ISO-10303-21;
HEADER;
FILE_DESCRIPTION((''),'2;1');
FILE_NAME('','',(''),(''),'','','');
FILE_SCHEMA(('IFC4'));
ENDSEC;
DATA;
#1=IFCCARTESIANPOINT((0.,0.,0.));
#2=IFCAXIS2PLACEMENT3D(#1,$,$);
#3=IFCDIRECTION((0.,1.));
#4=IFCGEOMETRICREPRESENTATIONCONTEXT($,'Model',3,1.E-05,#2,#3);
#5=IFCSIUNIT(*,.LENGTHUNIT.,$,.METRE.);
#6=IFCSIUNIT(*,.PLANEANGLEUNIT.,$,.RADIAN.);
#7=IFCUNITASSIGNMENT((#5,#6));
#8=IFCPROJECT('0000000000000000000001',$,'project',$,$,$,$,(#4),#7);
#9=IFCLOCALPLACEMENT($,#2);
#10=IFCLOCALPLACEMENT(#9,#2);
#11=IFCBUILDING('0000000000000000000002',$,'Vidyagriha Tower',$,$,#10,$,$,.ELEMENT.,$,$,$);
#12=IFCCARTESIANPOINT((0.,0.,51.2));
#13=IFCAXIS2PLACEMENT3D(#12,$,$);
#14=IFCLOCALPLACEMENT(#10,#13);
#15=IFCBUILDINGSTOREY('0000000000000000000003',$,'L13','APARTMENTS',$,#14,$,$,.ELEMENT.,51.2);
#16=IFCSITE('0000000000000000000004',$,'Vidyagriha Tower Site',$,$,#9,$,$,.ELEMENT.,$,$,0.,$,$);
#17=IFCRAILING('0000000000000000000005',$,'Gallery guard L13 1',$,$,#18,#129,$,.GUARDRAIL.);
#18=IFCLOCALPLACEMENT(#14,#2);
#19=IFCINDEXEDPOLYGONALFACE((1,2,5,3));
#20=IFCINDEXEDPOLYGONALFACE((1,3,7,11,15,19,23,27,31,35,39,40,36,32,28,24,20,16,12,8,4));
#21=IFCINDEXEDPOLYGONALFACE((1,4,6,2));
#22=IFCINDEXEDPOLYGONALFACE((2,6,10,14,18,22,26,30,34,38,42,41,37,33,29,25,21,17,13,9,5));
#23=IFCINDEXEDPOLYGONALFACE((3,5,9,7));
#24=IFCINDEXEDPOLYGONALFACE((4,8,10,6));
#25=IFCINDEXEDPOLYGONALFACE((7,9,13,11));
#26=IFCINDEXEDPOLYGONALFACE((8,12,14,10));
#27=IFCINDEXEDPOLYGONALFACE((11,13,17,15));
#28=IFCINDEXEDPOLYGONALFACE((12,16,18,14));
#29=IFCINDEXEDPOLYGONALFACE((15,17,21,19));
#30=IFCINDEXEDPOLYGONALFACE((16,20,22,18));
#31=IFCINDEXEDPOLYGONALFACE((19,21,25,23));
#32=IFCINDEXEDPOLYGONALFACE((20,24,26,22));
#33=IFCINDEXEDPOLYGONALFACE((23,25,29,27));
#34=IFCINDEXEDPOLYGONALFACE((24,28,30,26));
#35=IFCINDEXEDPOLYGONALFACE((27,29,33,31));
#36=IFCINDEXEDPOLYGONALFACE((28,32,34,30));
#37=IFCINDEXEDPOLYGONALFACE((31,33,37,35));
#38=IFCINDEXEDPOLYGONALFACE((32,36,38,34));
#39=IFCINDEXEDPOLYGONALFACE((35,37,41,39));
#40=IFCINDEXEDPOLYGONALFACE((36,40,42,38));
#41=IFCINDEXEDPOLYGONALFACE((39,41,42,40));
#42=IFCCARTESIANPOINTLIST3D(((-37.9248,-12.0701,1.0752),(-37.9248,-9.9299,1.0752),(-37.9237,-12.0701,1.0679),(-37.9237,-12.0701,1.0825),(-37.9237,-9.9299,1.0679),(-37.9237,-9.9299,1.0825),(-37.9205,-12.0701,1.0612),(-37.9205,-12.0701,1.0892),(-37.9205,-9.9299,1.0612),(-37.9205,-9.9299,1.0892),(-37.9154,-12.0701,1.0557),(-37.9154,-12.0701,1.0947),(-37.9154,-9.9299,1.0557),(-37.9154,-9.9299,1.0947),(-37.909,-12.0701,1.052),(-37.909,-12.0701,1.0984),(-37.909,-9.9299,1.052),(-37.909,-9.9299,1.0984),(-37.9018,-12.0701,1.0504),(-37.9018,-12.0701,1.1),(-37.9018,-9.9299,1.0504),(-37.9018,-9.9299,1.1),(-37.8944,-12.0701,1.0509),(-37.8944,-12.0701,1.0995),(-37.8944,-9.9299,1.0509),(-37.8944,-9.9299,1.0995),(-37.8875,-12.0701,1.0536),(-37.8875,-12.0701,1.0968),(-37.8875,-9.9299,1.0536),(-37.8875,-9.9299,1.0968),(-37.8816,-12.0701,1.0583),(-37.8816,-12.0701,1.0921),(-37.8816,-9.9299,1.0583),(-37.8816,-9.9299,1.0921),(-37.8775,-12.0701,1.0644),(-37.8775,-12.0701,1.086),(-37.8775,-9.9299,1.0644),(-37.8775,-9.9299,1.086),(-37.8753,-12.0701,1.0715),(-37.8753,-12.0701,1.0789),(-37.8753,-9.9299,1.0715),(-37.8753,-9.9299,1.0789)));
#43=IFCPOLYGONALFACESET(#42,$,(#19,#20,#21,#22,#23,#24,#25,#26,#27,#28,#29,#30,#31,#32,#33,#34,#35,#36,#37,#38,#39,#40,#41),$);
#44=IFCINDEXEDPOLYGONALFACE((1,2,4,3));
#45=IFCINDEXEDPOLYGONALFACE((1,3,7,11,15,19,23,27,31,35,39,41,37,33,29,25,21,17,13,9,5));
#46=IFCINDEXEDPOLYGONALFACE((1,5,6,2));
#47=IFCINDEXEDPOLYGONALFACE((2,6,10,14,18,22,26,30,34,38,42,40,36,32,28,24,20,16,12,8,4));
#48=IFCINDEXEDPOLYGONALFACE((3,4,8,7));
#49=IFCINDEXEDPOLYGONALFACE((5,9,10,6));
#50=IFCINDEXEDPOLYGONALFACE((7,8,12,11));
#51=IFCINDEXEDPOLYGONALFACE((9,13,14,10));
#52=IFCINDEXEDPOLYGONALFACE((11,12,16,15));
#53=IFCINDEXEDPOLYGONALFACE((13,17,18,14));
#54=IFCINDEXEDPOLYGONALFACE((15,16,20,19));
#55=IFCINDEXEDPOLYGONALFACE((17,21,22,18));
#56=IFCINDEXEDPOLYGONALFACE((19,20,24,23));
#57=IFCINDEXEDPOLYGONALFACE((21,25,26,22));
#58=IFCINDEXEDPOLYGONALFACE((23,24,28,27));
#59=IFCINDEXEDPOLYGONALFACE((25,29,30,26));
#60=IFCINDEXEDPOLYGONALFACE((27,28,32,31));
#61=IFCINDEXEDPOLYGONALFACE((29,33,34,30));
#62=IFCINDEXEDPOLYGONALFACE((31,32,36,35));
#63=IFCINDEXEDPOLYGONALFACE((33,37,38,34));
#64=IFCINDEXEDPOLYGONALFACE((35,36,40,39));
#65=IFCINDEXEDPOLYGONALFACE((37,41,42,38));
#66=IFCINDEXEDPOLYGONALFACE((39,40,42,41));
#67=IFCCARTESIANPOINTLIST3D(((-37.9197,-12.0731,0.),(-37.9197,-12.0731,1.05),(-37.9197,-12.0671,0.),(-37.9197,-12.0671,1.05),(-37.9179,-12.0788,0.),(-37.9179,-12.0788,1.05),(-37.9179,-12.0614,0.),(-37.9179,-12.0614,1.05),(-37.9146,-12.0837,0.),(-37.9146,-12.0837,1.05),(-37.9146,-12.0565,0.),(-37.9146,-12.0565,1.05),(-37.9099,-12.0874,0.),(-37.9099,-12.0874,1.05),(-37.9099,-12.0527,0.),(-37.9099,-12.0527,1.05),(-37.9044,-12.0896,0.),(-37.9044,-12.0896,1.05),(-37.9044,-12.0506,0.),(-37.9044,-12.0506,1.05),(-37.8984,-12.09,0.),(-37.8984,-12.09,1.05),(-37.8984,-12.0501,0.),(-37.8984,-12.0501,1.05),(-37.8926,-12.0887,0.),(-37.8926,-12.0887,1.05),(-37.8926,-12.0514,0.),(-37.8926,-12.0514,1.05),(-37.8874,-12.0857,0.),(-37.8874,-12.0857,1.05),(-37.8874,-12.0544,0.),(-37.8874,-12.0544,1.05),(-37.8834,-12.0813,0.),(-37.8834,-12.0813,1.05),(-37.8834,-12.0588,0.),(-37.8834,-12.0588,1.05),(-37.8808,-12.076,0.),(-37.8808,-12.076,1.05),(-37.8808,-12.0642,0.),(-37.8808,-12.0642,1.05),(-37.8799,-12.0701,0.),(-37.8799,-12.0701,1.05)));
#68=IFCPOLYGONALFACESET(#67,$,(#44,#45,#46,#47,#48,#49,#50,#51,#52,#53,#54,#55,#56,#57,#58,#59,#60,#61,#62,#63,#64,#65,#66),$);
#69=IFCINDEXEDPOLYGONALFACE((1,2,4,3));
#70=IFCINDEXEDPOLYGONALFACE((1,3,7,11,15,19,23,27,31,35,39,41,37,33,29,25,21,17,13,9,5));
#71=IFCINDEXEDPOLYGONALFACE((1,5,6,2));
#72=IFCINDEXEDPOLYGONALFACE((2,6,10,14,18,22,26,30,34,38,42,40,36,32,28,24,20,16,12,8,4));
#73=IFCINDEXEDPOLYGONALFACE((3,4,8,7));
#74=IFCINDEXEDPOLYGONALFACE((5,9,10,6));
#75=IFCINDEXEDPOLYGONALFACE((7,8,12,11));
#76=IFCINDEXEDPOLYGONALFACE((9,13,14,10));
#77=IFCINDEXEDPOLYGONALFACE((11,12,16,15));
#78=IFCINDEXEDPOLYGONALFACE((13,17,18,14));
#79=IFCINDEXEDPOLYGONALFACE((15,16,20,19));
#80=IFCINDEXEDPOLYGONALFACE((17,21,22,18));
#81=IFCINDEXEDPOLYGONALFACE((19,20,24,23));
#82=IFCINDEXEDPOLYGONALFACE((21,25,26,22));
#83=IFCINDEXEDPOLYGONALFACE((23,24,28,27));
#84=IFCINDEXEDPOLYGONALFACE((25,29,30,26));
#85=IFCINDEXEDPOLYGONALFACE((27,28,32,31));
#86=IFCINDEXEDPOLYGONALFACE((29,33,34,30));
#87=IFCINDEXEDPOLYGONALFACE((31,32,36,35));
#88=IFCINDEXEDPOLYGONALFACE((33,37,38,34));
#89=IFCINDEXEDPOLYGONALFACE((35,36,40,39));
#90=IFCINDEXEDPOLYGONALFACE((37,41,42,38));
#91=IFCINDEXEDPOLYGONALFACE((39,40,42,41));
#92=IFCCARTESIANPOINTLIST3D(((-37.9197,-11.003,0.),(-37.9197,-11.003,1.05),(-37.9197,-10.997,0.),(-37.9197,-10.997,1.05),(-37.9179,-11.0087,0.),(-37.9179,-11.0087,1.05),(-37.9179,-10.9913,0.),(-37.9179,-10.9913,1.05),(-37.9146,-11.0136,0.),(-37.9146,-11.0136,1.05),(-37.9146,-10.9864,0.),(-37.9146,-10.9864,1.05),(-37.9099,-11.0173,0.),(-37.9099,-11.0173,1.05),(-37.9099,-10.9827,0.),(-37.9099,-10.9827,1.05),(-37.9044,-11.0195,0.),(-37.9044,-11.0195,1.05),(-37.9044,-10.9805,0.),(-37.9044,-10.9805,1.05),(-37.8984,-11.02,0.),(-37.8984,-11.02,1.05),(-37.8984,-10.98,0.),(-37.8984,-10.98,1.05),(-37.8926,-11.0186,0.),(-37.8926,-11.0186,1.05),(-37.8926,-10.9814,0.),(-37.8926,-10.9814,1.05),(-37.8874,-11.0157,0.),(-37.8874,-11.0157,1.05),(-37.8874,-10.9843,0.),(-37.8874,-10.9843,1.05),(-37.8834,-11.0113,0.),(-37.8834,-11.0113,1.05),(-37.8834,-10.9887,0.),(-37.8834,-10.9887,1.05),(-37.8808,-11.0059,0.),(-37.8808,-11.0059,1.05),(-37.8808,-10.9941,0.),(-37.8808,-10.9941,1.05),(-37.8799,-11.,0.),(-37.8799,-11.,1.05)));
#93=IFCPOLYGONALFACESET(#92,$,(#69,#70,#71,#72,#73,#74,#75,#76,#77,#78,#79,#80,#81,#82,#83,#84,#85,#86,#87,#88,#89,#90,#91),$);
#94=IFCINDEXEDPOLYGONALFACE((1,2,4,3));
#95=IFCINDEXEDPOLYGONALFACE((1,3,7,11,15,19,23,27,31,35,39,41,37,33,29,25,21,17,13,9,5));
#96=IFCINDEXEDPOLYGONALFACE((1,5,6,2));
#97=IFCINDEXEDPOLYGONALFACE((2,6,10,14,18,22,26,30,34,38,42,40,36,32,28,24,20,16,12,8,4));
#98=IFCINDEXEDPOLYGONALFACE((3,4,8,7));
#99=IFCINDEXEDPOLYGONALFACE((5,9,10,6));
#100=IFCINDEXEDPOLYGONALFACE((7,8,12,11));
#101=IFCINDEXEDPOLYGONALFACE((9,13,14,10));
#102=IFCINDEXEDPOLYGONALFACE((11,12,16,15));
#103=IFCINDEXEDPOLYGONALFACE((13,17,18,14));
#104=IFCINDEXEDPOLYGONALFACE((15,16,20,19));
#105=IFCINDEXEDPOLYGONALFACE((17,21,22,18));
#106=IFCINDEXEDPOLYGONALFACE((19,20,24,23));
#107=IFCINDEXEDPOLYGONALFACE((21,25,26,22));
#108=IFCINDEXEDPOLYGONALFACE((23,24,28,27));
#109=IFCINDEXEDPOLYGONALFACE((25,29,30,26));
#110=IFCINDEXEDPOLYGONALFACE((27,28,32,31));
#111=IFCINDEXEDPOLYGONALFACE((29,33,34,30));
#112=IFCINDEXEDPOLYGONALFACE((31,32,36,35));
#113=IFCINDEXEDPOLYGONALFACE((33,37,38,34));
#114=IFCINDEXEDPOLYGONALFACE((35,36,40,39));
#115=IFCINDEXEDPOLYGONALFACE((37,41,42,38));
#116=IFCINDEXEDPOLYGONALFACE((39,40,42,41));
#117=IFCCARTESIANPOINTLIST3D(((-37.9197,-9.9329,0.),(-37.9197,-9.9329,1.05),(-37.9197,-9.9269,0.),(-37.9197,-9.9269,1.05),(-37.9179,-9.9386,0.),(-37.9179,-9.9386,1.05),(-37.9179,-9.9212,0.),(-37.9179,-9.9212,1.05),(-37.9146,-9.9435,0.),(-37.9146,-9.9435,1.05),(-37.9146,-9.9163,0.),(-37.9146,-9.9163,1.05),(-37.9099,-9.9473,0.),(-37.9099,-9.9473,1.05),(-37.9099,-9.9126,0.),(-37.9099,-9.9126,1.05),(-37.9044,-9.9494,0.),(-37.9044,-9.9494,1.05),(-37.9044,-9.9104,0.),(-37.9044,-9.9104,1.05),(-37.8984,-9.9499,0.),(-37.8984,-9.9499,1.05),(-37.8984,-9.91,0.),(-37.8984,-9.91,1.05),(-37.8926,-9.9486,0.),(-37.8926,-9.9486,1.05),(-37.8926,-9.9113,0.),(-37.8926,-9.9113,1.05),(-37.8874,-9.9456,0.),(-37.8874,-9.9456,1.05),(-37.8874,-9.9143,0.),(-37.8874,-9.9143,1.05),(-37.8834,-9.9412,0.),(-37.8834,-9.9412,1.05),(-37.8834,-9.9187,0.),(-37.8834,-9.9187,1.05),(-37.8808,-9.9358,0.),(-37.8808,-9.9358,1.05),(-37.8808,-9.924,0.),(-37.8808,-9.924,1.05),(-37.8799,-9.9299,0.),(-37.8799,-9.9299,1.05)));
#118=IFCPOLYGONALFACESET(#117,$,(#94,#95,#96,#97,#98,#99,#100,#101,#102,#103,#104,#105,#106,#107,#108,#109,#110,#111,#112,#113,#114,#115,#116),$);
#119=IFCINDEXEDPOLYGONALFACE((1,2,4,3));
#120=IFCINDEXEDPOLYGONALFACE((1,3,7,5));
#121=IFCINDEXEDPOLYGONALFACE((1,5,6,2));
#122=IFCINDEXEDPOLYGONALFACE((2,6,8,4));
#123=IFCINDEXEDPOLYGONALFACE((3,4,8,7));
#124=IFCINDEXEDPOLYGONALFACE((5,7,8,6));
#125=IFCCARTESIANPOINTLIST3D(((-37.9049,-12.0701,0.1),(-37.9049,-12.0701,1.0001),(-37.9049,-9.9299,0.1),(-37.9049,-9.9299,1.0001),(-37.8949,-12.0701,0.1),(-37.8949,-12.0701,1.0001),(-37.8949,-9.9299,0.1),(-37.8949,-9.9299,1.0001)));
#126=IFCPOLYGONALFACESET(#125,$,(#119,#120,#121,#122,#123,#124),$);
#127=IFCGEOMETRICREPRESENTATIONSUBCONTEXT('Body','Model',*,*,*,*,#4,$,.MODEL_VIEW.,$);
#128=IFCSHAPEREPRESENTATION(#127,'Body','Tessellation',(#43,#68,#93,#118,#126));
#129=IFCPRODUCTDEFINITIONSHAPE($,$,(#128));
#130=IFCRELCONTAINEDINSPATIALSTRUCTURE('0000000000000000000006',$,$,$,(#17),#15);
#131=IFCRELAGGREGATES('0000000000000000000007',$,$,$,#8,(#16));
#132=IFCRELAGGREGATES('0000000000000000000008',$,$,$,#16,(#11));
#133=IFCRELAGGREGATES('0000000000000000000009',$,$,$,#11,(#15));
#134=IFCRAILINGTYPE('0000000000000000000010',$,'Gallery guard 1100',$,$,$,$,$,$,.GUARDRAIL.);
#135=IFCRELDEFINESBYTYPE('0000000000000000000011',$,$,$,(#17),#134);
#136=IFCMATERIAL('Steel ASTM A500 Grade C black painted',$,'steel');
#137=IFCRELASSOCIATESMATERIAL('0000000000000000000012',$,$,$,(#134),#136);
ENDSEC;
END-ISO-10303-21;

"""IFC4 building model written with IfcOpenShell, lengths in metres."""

from ifc_helpers import new_model, si_unit, direction, frame, origin, origin_2d, place, context, subcontext, project, spatial, rectangle, circle, extrude, material, type_object, element, save


model = new_model("IFC4")

# Units and contexts
model_context = context("Model", 3, precision=1e-05, world=origin(), true_north=direction((0.0, 1.0)))
body_context = subcontext(model_context, "Body", "Model", "MODEL_VIEW")
ifc_project = project(units=[si_unit("LENGTHUNIT", "METRE"), si_unit("PLANEANGLEUNIT", "RADIAN")], contexts=[model_context])

# Site, building, storey
site_placement = place(None, origin())
site = spatial("IfcSite", under=ifc_project, at=site_placement, Name="Vidyagriha Tower Site", CompositionType="ELEMENT", RefElevation=0.0)
building_placement = place(site_placement, origin())
building = spatial("IfcBuilding", under=site, at=building_placement, Name="Vidyagriha Tower", CompositionType="ELEMENT")
storey_placement = place(building_placement, frame((0.0, 0.0, 51.2)))
storey = spatial("IfcBuildingStorey", under=building, at=storey_placement, Name="L13", Description="APARTMENTS", CompositionType="ELEMENT", Elevation=51.2)

# Railing
ifc_material_1 = material(Name="Steel ASTM A500 Grade C black painted", Category="steel")
railing_type_1 = type_object("IfcRailingType", Name="Gallery guard 1100", PredefinedType="GUARDRAIL", material=ifc_material_1)
railing_1_placement = place(storey_placement, frame((-37.8999, -12.0701, 0.0)))
element("IfcRailing", 1, at=railing_1_placement, inside=storey, type_object=railing_type_1, Name="Gallery guard L13 1", PredefinedType="GUARDRAIL", context=body_context, shape_type="SweptSolid", body=[
    extrude(circle(Radius=0.0249, at=origin_2d()), frame((0.0, 0.0, 1.0752), z_axis=(0.0, 1.0, 0.0), x_axis=(-1.0, 0.0, 0.0)), (0.0, 0.0, 1.0), 2.1401),
    extrude(circle(Radius=0.02, at=origin_2d()), origin(), (0.0, 0.0, 1.0), 1.05),
    extrude(circle(Radius=0.02, at=origin_2d()), frame((0.0, 1.0701, 0.0)), (0.0, 0.0, 1.0), 1.05),
    extrude(circle(Radius=0.02, at=origin_2d()), frame((0.0, 2.1401, 0.0)), (0.0, 0.0, 1.0), 1.05),
    extrude(rectangle(XDim=0.01, YDim=0.9001, at=origin_2d()), frame((0.0, 0.0, 0.55), z_axis=(0.0, 1.0, 0.0), x_axis=(-1.0, 0.0, 0.0)), (0.0, 0.0, 1.0), 2.1401),
])

save(model, "model.ifc")
